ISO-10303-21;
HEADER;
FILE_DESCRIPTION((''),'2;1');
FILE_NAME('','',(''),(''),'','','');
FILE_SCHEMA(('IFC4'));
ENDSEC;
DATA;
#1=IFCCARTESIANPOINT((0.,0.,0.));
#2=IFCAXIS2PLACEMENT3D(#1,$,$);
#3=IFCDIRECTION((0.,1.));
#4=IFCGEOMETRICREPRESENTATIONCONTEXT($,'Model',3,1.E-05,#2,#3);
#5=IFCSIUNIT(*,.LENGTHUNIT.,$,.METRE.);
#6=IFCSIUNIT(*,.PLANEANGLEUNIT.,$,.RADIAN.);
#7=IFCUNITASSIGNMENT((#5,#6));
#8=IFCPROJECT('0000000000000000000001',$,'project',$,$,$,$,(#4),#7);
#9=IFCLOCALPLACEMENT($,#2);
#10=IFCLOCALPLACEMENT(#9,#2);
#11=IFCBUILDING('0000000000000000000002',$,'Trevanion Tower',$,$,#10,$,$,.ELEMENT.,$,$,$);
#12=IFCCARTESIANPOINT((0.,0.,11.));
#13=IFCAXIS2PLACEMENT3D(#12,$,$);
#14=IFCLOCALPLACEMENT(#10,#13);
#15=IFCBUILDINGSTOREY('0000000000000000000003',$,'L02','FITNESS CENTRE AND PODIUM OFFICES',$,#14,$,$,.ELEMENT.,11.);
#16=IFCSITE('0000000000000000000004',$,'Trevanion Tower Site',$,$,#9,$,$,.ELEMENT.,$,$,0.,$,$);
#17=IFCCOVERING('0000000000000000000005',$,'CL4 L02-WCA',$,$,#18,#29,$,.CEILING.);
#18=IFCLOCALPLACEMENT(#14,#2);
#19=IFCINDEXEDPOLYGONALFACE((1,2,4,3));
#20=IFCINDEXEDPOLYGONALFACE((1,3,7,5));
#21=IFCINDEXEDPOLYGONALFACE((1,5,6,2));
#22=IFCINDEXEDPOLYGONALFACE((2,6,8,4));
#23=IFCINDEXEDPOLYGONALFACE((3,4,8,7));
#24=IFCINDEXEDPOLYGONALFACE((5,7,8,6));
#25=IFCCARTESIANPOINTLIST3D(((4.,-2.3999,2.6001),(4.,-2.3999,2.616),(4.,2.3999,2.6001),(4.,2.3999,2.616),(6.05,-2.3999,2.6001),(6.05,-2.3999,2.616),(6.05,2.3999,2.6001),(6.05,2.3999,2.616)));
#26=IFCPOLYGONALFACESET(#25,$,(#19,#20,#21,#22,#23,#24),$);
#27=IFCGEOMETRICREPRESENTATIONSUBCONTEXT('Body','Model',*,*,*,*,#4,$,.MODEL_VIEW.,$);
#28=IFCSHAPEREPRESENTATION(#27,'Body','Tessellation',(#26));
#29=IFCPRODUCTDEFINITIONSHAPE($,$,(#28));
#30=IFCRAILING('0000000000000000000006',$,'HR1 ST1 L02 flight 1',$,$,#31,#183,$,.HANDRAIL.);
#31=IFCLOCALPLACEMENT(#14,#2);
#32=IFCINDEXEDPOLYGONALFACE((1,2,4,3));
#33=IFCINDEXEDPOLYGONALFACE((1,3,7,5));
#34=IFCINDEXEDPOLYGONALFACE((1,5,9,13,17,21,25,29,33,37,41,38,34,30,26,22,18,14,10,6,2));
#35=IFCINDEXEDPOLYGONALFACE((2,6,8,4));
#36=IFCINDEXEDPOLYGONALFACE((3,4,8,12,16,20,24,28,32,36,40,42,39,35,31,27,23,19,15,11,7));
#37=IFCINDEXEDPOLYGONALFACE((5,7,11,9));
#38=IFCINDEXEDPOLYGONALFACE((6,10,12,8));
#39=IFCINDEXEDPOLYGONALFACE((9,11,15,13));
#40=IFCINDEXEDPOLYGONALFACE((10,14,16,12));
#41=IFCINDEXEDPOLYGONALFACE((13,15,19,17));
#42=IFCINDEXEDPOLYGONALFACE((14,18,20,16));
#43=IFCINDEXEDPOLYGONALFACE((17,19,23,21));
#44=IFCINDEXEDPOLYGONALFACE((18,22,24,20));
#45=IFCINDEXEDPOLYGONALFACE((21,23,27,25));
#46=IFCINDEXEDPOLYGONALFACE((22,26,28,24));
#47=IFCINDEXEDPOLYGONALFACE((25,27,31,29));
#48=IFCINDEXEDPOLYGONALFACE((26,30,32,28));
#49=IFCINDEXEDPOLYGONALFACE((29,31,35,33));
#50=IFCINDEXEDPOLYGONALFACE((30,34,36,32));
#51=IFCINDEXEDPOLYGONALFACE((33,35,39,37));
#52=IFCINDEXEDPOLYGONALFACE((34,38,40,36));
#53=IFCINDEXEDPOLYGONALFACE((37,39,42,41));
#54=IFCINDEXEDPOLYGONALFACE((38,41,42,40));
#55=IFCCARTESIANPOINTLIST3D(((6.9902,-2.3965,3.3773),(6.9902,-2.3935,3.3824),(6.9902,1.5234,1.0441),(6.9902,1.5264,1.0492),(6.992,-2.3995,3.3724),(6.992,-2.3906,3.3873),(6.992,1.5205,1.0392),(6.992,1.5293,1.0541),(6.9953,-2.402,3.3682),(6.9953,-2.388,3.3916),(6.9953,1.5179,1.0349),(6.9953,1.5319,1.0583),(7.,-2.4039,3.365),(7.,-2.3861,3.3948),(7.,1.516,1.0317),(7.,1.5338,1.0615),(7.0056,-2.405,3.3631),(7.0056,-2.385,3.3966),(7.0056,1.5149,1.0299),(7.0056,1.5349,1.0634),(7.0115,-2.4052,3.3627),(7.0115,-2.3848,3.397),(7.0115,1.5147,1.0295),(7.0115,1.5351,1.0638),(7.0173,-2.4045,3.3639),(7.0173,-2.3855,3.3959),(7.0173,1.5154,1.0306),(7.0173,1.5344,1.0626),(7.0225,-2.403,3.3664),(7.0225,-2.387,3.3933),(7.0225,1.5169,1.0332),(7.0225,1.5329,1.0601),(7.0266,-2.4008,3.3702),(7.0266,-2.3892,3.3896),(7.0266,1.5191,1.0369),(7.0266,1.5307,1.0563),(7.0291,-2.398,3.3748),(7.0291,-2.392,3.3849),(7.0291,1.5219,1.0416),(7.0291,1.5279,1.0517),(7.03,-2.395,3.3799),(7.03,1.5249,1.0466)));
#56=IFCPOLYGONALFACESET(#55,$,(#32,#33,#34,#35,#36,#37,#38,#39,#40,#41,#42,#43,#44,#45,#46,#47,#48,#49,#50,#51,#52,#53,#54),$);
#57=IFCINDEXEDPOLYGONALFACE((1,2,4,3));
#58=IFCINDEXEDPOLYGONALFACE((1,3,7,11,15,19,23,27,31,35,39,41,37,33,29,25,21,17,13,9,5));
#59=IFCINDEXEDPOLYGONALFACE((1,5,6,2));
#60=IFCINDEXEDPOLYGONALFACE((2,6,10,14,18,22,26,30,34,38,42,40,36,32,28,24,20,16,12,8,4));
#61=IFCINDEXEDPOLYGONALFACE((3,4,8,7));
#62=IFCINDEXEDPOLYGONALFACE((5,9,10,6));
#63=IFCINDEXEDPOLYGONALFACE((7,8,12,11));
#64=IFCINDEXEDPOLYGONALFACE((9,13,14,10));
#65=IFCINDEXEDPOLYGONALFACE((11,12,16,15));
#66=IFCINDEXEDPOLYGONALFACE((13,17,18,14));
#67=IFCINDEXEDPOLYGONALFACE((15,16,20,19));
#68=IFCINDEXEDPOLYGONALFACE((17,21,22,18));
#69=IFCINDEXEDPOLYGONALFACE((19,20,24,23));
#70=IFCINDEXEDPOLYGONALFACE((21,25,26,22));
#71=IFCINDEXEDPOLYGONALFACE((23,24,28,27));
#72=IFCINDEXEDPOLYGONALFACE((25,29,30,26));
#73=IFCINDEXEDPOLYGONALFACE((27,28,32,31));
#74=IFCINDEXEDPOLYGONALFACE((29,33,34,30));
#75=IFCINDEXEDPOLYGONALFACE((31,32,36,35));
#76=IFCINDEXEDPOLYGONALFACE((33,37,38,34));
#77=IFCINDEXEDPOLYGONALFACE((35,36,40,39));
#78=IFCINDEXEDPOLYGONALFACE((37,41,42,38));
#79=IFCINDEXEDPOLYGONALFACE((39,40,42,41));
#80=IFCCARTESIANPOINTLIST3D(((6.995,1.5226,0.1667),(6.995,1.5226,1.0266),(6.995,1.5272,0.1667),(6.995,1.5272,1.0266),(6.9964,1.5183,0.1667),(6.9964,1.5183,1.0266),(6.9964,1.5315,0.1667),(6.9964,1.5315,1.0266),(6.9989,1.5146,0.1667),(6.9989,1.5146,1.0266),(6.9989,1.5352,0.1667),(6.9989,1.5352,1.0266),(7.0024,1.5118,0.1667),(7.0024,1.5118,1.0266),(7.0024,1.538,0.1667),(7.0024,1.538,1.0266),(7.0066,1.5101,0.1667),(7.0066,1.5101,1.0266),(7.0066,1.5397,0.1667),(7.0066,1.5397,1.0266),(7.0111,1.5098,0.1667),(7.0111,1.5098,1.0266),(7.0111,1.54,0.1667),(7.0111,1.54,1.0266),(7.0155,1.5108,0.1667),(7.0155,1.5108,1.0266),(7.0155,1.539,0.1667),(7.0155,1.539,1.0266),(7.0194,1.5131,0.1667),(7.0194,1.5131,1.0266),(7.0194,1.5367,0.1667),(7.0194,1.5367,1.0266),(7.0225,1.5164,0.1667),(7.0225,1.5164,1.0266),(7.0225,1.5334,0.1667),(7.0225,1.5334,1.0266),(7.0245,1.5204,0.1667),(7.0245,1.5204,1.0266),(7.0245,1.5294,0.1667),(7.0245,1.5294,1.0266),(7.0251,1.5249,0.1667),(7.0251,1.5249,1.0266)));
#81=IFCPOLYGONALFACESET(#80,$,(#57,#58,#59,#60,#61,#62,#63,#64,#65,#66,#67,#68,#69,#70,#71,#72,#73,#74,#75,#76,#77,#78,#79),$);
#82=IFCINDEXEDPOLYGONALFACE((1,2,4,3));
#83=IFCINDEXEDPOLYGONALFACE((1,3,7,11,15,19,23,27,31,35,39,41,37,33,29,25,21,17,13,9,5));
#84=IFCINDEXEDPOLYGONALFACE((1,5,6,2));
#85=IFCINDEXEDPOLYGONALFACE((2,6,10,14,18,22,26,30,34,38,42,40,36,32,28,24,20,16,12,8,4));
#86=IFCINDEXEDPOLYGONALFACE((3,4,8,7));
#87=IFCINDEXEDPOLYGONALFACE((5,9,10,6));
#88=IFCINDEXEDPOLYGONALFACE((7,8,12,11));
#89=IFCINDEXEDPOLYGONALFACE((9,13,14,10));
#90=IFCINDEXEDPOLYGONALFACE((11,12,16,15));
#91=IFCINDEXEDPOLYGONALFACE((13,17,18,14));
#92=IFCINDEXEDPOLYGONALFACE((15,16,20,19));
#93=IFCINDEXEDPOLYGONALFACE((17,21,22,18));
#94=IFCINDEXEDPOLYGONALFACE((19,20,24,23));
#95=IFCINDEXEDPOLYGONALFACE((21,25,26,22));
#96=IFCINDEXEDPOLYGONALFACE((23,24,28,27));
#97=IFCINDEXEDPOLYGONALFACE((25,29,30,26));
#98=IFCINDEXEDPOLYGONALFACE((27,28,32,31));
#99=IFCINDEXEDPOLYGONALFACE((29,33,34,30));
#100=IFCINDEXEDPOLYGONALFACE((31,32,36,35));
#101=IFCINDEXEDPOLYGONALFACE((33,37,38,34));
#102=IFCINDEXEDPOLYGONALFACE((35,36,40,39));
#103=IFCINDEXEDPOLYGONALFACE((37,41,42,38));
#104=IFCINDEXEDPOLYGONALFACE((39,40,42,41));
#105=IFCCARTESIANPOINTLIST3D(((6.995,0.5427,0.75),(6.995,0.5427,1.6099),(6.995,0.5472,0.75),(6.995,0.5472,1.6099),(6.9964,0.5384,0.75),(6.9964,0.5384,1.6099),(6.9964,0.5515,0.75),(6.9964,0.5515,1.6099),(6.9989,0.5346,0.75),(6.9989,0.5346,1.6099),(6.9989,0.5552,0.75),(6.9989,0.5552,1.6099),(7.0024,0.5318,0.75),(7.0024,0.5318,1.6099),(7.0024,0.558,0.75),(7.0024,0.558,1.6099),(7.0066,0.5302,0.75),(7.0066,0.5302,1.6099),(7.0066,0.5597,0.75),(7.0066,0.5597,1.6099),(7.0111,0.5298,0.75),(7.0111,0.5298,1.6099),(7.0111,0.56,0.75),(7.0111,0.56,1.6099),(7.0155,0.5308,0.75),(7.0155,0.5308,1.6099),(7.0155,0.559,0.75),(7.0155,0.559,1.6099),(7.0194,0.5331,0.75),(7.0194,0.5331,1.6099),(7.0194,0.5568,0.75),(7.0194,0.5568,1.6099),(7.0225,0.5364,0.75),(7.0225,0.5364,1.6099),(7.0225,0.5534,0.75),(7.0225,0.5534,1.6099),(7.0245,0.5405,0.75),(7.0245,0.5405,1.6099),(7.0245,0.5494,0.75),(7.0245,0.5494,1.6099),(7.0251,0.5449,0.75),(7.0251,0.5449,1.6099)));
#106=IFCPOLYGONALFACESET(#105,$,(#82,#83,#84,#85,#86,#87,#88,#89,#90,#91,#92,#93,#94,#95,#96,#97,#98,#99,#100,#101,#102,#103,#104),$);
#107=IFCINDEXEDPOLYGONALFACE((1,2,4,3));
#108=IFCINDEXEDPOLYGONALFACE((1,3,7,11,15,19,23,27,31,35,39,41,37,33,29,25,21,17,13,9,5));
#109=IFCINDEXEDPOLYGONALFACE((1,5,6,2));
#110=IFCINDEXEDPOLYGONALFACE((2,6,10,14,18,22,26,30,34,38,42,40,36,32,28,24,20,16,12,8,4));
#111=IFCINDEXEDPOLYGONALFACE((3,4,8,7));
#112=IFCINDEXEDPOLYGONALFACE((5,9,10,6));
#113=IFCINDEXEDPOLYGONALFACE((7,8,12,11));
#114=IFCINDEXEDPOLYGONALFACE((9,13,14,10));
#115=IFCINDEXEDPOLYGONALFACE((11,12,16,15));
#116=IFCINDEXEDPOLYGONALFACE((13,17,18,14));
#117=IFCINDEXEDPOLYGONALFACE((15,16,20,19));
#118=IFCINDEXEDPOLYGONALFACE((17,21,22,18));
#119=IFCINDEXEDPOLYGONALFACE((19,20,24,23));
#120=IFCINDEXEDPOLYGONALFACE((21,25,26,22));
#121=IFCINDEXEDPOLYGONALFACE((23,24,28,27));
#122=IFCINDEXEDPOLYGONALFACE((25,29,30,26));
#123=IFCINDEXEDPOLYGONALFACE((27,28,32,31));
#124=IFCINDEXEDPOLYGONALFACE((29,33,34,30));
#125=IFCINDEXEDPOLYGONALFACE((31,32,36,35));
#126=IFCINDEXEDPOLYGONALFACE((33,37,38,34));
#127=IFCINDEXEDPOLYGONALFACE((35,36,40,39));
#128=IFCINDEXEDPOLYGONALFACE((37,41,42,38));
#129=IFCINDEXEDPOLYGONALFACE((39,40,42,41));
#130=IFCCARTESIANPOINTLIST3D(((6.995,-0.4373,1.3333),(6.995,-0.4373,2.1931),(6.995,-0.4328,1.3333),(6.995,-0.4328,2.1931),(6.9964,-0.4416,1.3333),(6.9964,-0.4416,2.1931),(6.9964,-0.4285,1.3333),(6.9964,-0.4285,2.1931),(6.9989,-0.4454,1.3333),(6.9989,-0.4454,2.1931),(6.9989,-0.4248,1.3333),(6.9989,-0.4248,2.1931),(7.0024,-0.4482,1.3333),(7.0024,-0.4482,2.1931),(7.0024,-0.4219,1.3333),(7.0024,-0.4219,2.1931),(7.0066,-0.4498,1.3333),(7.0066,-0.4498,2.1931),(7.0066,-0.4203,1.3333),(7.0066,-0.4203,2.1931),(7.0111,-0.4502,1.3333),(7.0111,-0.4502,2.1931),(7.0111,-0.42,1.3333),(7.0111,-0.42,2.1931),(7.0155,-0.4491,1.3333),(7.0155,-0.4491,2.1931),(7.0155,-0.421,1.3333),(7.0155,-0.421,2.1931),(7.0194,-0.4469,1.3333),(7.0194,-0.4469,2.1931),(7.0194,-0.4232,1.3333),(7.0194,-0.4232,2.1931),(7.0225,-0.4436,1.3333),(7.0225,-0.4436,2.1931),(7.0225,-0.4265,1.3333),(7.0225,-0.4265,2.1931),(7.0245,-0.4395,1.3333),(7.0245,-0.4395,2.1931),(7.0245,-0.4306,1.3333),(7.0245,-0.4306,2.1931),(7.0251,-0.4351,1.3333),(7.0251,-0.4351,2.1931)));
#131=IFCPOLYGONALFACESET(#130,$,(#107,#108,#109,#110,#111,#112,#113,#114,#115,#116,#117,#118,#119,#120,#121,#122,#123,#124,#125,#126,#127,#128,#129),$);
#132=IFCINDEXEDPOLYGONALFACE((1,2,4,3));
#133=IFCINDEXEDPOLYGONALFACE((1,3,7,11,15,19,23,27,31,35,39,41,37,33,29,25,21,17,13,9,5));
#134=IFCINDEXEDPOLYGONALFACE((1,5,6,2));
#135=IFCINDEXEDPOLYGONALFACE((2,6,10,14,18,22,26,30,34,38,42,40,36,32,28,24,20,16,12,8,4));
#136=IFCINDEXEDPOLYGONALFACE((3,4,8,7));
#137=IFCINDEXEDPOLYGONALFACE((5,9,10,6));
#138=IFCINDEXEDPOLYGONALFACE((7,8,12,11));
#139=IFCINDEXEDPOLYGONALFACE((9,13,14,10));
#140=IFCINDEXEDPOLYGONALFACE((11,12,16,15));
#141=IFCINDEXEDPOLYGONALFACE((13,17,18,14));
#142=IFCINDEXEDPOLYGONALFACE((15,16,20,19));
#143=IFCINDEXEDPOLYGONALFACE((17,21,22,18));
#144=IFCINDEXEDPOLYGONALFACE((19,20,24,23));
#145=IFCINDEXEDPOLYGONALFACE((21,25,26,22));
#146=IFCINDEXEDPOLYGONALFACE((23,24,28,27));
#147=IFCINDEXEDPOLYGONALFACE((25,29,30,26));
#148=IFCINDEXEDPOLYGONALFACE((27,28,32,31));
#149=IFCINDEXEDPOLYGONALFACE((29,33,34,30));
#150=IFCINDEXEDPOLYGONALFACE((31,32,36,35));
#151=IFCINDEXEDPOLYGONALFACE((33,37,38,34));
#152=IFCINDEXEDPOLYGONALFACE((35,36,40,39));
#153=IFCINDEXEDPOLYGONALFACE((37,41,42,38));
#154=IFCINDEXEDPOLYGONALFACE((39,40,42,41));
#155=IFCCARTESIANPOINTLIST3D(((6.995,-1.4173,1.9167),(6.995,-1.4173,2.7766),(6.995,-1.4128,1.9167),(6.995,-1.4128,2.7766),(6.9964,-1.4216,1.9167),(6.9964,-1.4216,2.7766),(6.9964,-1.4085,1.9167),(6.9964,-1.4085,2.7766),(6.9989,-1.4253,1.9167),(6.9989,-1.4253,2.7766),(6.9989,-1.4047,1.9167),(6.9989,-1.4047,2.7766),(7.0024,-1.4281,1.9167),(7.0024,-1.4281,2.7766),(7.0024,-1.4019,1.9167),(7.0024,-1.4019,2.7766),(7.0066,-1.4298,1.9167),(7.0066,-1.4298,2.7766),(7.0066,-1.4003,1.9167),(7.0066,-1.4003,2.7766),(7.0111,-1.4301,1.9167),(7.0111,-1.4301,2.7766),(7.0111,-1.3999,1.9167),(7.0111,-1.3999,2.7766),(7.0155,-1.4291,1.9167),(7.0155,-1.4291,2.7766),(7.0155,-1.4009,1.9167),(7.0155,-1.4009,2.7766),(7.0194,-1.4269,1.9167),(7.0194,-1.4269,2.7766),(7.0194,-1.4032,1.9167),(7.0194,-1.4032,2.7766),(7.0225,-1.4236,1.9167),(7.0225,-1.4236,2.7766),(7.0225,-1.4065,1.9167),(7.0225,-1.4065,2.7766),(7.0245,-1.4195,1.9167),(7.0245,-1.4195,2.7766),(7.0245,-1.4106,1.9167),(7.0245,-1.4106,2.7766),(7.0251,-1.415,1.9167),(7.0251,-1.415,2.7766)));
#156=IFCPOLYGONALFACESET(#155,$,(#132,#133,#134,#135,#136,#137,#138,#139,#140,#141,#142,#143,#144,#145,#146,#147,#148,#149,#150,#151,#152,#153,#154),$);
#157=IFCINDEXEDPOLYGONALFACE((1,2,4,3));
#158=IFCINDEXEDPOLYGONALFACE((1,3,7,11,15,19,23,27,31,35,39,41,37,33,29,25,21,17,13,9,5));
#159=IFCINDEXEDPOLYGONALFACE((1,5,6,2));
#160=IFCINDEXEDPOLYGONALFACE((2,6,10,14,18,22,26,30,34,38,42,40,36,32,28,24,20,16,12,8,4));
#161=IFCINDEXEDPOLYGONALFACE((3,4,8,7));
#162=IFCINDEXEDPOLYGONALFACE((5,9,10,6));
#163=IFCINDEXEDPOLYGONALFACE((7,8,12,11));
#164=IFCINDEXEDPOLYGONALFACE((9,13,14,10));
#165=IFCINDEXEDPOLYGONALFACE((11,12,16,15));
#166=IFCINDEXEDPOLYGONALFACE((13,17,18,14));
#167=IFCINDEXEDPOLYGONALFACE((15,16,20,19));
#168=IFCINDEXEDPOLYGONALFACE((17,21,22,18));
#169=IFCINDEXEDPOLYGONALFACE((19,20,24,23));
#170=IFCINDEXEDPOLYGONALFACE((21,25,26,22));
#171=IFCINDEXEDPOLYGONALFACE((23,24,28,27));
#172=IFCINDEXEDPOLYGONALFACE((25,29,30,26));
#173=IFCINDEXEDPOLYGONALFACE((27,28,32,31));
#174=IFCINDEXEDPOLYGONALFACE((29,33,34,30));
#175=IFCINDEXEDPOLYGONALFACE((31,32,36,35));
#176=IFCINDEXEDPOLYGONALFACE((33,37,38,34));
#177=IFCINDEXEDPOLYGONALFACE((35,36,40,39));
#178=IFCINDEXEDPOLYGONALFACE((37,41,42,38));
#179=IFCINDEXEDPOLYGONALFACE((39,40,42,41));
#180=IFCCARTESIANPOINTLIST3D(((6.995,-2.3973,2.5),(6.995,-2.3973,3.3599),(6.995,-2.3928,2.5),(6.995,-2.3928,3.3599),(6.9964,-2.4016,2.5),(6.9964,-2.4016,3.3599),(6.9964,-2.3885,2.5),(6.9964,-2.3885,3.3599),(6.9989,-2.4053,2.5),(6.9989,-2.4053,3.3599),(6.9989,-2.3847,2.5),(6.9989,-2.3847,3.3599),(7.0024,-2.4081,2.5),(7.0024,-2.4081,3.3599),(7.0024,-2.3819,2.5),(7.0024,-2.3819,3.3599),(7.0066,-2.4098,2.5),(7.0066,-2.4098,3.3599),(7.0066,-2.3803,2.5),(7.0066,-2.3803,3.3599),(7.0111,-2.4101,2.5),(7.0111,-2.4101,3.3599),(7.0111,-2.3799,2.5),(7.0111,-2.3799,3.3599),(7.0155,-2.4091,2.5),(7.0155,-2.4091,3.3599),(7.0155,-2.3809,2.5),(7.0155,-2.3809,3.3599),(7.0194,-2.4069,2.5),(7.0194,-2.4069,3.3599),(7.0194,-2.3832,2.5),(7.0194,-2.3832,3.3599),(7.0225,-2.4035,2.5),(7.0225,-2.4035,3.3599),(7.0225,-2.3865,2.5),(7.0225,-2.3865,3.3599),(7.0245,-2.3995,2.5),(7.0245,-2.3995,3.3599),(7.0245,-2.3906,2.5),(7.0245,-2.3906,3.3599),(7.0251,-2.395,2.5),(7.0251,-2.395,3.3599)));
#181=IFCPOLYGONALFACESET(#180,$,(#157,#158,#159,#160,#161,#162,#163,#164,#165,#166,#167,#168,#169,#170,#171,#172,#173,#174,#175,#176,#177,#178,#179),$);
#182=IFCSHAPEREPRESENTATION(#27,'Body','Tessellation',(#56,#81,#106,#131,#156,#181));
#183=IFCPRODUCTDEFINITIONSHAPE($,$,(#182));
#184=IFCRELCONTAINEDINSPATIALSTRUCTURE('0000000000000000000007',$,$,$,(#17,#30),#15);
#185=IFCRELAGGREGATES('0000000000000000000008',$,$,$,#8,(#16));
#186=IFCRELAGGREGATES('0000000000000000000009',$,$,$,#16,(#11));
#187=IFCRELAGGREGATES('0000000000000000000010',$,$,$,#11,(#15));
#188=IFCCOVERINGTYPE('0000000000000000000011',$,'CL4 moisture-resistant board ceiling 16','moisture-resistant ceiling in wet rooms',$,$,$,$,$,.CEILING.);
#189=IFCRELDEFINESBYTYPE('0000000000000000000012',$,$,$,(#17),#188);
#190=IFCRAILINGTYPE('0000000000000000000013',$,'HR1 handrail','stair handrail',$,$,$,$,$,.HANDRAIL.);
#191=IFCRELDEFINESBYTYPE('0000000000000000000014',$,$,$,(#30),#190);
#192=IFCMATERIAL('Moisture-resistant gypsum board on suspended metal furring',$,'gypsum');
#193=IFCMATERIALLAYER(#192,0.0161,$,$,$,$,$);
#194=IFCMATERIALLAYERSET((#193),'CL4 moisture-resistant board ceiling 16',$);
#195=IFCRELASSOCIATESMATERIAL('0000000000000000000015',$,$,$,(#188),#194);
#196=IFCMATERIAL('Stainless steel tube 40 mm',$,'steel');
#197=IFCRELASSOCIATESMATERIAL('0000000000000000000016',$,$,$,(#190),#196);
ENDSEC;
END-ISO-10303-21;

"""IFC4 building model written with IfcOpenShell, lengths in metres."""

from ifc_helpers import new_model, si_unit, direction, frame, origin, origin_2d, place, context, subcontext, project, spatial, polyline, circle, outline, extrude, material, layer, layer_set, type_object, element, save


model = new_model("IFC4")

# Units and contexts
model_context = context("Model", 3, precision=1e-05, world=origin(), true_north=direction((0.0, 1.0)))
body_context = subcontext(model_context, "Body", "Model", "MODEL_VIEW")
ifc_project = project(units=[si_unit("LENGTHUNIT", "METRE"), si_unit("PLANEANGLEUNIT", "RADIAN")], contexts=[model_context])

# Site, building, storey
site_placement = place(None, origin())
site = spatial("IfcSite", under=ifc_project, at=site_placement, Name="Trevanion Tower Site", CompositionType="ELEMENT", RefElevation=0.0)
building_placement = place(site_placement, origin())
building = spatial("IfcBuilding", under=site, at=building_placement, Name="Trevanion Tower", CompositionType="ELEMENT")
storey_placement = place(building_placement, frame((0.0, 0.0, 11.0)))
storey = spatial("IfcBuildingStorey", under=building, at=storey_placement, Name="L02", Description="FITNESS CENTRE AND PODIUM OFFICES", CompositionType="ELEMENT", Elevation=11.0)

# Covering
ifc_material_1 = material(Name="Moisture-resistant gypsum board on suspended metal furring", Category="gypsum")
ifc_layer_1 = layer(ifc_material_1, 0.0161)
ifc_layer_set_1 = layer_set([ifc_layer_1], Name="CL4 moisture-resistant board ceiling 16")
covering_type_1 = type_object("IfcCoveringType", Name="CL4 moisture-resistant board ceiling 16", Description="moisture-resistant ceiling in wet rooms", PredefinedType="CEILING", material=ifc_layer_set_1)
covering_1_placement = place(storey_placement, frame((0.0, 0.0, 2.6001)))
element("IfcCovering", 1, at=covering_1_placement, inside=storey, type_object=covering_type_1, Name="CL4 L02-WCA", PredefinedType="CEILING", context=body_context, shape_type="SweptSolid", body=[
    extrude(outline(polyline([(4.0, -2.3999), (4.0, 2.3999), (6.05, 2.3999), (6.05, -2.3999), (4.0, -2.3999)])), origin(), (0.0, 0.0, 1.0), 0.0159),
])

# Railing
ifc_material_2 = material(Name="Stainless steel tube 40 mm", Category="steel")
railing_type = type_object("IfcRailingType", Name="HR1 handrail", Description="stair handrail", PredefinedType="HANDRAIL", material=ifc_material_2)
railing_placement = place(storey_placement, frame((7.01, 1.5249, 0.1667)))
element("IfcRailing", 2, at=railing_placement, inside=storey, type_object=railing_type, Name="HR1 ST1 L02 flight 1", PredefinedType="HANDRAIL", context=body_context, shape_type="SweptSolid", body=[
    extrude(circle(Radius=0.02, at=origin_2d()), frame((0.0, 0.0, 0.8799), z_axis=(0.0, -0.859296, 0.511478), x_axis=(1.0, 0.0, 0.0)), (0.0, 0.0, 1.0), 4.5618),
    extrude(circle(Radius=0.0151, at=origin_2d()), origin(), (0.0, 0.0, 1.0), 0.8599),
    extrude(circle(Radius=0.0151, at=origin_2d()), frame((0.0, -0.98, 0.5833)), (0.0, 0.0, 1.0), 0.8599),
    extrude(circle(Radius=0.0151, at=origin_2d()), frame((0.0, -1.96, 1.1665)), (0.0, 0.0, 1.0), 0.8599),
    extrude(circle(Radius=0.0151, at=origin_2d()), frame((0.0, -2.9399, 1.75)), (0.0, 0.0, 1.0), 0.8599),
    extrude(circle(Radius=0.0151, at=origin_2d()), frame((0.0, -3.9199, 2.3333)), (0.0, 0.0, 1.0), 0.8599),
])

save(model, "model.ifc")
